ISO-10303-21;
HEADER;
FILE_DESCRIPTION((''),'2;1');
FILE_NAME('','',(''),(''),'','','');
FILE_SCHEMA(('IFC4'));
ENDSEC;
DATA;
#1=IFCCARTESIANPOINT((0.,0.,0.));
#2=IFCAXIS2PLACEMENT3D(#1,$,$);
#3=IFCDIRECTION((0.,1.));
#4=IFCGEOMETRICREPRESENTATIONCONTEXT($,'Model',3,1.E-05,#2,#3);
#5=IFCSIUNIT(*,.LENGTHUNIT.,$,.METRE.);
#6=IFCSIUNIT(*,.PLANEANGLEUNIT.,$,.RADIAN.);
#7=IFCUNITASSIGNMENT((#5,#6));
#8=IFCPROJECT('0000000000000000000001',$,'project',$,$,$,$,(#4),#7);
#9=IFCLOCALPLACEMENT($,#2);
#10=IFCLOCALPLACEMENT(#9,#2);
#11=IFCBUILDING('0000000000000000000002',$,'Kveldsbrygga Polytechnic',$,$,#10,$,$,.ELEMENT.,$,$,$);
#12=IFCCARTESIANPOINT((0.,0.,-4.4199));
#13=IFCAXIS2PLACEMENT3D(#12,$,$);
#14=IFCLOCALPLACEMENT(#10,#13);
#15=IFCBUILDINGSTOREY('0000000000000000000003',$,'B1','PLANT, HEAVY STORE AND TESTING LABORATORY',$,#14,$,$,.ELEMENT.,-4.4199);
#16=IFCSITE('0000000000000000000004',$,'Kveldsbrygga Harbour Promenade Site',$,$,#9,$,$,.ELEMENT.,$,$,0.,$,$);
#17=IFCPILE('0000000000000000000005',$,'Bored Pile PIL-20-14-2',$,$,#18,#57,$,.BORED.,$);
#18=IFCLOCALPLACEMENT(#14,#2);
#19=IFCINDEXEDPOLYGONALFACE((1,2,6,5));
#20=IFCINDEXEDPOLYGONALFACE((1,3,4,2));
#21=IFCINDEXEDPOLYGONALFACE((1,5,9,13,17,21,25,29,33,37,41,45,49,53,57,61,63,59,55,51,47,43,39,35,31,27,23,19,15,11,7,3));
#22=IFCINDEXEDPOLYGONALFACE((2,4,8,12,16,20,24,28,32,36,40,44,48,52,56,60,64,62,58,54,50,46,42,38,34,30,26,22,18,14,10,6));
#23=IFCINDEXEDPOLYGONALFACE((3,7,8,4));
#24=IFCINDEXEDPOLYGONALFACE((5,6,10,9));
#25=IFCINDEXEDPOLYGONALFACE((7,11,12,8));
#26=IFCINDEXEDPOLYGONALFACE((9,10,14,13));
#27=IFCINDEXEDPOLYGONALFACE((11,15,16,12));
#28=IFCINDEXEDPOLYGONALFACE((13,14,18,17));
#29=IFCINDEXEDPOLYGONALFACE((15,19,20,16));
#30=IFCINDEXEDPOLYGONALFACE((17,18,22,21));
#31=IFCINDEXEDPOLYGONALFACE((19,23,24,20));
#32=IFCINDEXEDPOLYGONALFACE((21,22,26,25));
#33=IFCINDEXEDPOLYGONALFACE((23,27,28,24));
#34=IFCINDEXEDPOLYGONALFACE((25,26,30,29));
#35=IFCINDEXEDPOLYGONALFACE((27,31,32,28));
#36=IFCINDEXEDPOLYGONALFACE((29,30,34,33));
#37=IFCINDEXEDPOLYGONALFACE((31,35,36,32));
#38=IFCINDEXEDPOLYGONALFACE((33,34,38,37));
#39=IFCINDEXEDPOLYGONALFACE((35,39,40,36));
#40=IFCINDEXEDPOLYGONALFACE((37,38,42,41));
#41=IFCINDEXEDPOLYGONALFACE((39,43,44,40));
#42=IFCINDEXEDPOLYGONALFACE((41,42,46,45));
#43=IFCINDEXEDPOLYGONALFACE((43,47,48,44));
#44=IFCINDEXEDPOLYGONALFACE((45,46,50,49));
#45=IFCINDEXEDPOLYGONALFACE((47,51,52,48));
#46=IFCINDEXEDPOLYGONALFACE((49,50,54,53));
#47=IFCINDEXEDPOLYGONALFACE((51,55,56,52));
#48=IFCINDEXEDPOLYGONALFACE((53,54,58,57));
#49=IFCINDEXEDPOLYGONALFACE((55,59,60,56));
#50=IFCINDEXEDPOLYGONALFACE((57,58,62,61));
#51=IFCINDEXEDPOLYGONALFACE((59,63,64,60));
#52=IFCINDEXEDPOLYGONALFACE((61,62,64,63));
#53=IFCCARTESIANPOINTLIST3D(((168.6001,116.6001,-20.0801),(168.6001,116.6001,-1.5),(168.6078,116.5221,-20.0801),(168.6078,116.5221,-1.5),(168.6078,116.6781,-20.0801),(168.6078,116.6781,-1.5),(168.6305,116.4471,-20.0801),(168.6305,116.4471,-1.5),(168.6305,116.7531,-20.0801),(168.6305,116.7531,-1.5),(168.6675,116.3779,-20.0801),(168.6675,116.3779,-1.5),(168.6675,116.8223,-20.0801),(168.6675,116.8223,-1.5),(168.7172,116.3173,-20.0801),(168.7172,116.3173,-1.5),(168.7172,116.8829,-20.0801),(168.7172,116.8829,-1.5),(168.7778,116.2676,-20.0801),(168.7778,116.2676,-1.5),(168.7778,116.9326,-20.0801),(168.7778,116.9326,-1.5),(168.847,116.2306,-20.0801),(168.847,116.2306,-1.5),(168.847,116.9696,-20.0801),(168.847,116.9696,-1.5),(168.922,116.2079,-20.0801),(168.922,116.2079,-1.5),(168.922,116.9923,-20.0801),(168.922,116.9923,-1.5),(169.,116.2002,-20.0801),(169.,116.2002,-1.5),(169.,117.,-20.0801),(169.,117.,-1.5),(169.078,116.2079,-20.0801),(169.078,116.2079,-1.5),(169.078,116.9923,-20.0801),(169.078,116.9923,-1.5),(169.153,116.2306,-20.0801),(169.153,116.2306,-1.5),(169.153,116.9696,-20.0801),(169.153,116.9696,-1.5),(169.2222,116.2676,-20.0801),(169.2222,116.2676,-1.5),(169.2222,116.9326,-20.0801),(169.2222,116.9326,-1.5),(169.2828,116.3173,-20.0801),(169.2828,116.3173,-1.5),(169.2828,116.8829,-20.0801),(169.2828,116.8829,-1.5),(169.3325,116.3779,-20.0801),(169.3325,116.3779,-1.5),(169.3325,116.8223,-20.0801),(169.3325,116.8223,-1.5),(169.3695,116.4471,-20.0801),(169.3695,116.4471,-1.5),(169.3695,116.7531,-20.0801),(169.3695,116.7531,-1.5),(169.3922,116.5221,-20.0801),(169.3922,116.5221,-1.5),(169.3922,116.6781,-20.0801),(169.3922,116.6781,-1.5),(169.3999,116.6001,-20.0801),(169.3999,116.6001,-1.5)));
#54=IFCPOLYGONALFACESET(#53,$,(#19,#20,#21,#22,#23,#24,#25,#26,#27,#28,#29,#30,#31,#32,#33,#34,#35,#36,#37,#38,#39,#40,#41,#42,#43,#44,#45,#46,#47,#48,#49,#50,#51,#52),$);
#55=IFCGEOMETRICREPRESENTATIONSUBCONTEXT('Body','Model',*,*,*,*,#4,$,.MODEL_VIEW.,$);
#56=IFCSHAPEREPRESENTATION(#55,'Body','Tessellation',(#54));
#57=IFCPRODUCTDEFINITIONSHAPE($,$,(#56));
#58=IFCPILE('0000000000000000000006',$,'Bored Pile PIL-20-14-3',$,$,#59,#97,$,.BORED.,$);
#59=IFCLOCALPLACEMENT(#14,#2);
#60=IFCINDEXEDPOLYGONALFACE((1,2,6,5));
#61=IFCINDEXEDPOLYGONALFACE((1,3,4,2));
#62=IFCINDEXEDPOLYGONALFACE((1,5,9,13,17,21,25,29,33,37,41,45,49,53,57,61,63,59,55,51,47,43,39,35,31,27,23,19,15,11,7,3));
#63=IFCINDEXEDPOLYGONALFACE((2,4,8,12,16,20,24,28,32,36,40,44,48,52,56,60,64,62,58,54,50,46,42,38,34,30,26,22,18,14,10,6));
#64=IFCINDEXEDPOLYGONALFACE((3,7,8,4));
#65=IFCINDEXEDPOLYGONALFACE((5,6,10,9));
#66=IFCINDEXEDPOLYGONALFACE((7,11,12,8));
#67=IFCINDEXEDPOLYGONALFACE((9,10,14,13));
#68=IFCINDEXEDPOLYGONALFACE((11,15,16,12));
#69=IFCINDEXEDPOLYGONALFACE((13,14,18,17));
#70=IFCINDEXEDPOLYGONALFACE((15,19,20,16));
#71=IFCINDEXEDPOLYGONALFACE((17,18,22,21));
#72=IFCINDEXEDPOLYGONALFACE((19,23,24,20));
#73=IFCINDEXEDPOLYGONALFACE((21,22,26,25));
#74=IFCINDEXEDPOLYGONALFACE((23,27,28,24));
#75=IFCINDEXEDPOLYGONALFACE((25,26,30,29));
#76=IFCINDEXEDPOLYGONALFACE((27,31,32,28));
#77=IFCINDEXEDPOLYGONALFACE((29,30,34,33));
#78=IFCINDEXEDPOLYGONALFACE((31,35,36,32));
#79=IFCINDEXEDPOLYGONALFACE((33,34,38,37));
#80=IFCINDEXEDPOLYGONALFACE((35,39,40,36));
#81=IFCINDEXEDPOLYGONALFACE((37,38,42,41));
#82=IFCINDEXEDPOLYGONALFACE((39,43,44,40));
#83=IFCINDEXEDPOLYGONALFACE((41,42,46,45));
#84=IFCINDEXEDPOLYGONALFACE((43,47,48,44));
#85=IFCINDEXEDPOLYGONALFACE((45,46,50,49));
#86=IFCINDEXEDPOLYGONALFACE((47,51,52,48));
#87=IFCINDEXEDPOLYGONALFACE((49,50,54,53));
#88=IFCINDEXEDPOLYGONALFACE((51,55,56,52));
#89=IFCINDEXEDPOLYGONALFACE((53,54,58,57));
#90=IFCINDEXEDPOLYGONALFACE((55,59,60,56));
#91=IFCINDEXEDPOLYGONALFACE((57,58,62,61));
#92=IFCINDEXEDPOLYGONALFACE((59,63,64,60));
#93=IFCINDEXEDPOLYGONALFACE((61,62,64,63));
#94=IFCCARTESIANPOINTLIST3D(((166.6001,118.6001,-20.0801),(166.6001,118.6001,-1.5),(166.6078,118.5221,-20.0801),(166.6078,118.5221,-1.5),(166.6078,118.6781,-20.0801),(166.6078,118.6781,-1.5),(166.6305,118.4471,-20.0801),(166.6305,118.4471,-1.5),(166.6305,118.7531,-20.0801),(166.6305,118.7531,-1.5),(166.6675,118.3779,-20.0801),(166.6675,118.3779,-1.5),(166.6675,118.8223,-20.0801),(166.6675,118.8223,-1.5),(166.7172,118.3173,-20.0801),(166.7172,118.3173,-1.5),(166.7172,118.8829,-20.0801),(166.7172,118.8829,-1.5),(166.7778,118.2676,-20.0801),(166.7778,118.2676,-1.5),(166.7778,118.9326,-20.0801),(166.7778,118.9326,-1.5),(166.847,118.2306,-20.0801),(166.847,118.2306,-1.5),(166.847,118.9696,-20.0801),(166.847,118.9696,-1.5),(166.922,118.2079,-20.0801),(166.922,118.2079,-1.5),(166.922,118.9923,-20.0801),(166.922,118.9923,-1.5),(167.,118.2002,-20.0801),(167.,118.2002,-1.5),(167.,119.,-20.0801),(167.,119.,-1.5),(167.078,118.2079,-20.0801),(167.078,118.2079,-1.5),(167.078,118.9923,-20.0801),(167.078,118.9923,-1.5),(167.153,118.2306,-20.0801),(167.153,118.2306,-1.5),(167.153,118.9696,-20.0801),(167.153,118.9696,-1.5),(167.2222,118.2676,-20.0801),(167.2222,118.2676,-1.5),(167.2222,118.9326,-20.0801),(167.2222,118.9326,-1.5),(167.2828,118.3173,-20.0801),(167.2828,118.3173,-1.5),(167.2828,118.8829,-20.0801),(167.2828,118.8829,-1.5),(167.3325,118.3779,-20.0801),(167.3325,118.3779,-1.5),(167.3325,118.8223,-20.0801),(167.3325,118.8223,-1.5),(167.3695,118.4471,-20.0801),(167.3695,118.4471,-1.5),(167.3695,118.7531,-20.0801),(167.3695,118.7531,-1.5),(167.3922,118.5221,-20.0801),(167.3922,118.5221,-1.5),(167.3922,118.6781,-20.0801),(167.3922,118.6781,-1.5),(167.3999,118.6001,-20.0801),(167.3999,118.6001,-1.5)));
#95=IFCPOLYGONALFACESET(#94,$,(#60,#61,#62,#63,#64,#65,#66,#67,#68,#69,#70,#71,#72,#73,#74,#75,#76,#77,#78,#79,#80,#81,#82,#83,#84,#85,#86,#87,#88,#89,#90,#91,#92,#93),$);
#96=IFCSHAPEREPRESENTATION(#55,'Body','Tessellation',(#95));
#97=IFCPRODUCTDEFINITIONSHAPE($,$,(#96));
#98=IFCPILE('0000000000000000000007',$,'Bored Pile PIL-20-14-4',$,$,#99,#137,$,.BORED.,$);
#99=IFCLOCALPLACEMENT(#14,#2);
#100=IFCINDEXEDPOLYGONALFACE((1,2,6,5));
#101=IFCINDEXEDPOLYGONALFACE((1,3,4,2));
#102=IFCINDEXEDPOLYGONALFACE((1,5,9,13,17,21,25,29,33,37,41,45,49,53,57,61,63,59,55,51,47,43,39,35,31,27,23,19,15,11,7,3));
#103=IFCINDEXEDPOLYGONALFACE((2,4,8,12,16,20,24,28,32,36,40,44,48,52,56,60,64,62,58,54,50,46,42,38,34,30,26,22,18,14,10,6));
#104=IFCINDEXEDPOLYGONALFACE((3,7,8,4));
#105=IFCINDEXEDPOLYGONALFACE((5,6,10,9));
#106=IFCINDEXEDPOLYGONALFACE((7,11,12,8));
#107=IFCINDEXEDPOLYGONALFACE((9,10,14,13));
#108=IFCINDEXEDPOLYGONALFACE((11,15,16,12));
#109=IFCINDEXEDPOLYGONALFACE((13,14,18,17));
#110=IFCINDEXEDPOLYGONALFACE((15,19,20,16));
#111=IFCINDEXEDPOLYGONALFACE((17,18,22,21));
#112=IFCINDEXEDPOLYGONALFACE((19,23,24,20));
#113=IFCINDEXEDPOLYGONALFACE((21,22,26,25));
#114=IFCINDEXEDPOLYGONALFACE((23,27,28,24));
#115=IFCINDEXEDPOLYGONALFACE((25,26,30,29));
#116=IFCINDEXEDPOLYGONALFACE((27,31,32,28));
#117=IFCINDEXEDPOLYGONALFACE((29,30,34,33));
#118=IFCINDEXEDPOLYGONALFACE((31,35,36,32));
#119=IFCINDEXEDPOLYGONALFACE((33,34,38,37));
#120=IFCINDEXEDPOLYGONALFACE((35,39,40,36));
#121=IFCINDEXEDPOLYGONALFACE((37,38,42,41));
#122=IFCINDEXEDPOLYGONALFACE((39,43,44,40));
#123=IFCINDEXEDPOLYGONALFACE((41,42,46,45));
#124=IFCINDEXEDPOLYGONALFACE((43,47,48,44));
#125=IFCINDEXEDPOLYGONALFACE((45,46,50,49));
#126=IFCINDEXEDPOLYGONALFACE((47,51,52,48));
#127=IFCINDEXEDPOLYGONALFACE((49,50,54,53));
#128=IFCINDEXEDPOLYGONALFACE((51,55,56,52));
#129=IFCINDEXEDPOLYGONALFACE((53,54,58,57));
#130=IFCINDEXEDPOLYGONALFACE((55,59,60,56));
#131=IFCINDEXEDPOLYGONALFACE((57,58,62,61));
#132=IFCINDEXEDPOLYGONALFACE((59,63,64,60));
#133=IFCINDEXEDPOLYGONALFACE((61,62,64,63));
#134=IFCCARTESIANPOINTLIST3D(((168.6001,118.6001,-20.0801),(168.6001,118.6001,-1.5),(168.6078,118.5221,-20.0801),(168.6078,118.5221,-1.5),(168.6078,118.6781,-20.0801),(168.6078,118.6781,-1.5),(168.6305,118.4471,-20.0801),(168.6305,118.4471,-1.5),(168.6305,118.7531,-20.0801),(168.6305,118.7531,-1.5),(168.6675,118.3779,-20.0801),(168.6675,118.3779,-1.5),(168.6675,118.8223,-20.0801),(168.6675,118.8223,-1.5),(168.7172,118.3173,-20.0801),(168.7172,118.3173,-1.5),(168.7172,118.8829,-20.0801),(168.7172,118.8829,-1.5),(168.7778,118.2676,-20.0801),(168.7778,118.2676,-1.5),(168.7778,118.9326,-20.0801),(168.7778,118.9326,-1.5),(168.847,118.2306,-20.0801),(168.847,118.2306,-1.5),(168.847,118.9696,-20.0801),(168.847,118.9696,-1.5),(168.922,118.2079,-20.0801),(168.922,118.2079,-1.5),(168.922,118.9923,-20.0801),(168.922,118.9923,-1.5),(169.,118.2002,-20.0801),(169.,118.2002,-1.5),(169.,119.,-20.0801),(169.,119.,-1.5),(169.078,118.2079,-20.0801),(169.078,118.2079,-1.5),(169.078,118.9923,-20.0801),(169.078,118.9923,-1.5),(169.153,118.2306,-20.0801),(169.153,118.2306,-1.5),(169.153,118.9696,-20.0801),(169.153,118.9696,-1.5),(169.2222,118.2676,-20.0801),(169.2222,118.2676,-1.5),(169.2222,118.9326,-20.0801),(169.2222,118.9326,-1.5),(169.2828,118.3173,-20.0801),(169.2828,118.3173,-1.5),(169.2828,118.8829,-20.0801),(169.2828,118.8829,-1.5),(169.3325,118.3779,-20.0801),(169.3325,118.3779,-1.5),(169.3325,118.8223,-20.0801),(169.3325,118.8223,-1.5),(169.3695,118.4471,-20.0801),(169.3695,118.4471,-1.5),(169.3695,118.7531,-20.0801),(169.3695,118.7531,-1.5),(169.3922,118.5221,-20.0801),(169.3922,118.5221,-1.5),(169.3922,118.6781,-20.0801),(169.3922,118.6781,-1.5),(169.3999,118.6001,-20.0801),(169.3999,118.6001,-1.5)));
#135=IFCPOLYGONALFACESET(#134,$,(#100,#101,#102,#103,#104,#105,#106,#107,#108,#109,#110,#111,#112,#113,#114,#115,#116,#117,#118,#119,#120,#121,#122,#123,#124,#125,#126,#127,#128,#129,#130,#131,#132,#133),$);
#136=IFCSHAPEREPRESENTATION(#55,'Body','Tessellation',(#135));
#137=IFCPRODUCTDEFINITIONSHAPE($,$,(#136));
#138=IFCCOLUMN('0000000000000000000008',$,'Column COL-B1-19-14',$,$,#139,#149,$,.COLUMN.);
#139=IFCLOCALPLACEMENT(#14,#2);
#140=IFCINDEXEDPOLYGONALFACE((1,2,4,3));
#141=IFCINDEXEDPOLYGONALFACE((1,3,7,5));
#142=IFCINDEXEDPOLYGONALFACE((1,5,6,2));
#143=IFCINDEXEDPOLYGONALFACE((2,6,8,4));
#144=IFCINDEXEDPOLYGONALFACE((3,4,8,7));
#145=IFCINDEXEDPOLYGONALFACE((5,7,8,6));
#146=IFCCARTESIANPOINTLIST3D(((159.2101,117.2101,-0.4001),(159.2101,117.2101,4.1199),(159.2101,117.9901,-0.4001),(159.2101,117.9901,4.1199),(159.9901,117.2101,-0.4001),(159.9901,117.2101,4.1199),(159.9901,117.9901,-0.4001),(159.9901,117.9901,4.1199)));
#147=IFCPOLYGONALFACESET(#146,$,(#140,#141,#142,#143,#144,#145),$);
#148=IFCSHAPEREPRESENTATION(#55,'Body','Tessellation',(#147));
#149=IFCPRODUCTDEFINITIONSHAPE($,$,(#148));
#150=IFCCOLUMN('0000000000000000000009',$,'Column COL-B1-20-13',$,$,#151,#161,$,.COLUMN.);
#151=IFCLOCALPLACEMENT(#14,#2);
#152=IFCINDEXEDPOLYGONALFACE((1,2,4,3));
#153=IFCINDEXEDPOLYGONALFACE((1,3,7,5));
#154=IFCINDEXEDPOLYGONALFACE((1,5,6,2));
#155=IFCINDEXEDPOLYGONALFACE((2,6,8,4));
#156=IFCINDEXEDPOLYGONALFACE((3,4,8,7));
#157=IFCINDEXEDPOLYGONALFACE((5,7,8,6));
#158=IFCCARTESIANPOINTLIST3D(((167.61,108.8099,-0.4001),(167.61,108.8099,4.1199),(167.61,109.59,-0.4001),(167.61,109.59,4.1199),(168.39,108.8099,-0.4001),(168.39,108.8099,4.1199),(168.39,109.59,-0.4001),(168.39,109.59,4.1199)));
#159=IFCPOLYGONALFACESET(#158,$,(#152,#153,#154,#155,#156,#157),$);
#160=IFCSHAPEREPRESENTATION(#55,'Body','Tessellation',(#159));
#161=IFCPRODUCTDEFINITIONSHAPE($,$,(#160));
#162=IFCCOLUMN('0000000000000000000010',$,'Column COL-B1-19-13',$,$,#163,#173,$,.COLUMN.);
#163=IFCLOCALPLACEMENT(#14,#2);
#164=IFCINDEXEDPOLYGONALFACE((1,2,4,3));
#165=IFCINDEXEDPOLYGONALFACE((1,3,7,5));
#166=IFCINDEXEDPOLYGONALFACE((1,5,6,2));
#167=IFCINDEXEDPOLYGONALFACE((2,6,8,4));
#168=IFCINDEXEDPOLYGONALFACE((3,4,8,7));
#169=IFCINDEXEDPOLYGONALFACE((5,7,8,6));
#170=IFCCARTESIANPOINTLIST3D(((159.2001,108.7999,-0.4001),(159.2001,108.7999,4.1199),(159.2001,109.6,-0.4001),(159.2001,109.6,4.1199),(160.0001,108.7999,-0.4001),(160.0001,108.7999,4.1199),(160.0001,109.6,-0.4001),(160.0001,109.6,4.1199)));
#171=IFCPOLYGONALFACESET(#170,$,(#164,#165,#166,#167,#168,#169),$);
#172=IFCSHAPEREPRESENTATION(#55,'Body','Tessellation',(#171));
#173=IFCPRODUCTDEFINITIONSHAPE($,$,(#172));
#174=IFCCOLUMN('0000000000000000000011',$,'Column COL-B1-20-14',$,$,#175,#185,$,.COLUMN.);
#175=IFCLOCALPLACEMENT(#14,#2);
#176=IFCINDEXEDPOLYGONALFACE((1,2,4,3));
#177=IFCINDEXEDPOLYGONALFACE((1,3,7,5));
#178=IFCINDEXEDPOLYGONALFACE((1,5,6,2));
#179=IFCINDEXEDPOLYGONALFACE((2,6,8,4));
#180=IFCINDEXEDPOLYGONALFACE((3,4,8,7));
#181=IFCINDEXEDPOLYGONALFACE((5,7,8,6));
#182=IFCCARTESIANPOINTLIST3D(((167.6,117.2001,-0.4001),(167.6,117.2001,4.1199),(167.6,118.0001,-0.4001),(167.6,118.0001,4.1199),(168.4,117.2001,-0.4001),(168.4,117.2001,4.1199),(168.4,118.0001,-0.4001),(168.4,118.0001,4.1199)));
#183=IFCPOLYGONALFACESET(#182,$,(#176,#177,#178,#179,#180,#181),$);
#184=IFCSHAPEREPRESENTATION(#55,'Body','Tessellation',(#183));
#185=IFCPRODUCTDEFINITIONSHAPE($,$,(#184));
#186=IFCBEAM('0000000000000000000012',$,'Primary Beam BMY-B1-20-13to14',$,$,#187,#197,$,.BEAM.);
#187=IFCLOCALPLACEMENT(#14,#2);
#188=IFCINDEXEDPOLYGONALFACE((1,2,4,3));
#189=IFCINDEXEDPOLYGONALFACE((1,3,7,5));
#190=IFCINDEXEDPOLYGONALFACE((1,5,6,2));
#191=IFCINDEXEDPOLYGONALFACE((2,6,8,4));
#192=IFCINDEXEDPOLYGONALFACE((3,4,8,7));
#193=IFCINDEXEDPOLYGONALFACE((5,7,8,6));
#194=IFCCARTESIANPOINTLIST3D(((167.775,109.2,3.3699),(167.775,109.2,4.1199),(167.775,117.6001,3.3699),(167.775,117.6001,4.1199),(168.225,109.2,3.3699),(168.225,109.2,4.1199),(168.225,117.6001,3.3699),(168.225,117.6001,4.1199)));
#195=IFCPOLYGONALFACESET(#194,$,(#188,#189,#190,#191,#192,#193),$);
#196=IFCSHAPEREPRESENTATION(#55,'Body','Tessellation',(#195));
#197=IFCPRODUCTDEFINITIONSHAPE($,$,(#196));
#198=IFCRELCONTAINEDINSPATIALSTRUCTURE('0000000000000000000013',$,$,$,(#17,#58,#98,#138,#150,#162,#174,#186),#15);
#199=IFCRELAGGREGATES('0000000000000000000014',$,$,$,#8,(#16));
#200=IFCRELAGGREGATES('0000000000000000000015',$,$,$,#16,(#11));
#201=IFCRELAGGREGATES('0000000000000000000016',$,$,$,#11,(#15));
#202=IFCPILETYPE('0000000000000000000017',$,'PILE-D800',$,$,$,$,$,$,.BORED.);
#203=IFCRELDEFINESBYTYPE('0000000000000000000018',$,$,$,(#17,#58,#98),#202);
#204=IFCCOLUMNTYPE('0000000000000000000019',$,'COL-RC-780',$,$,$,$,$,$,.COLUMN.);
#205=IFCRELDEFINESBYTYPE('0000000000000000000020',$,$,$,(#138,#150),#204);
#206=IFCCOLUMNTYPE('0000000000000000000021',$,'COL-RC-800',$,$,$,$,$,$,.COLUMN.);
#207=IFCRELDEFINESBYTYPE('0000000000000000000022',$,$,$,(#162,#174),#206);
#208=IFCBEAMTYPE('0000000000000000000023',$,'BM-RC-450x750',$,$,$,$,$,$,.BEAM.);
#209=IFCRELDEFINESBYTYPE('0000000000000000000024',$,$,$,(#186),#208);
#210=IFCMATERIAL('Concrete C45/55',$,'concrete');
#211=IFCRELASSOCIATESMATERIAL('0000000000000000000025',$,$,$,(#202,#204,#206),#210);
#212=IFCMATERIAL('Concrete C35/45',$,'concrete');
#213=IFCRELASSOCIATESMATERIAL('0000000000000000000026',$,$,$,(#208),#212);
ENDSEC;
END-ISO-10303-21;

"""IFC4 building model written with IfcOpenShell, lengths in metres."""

from ifc_helpers import new_model, si_unit, direction, frame, origin, origin_2d, place, context, subcontext, project, spatial, rectangle, circle, extrude, material, material_profile, profile_set, type_object, element, save


model = new_model("IFC4")

# Units and contexts
model_context = context("Model", 3, precision=1e-05, world=origin(), true_north=direction((0.0, 1.0)))
body_context = subcontext(model_context, "Body", "Model", "MODEL_VIEW")
ifc_project = project(units=[si_unit("LENGTHUNIT", "METRE"), si_unit("PLANEANGLEUNIT", "RADIAN")], contexts=[model_context])

# Site, building, storey
site_placement = place(None, origin())
site = spatial("IfcSite", under=ifc_project, at=site_placement, Name="Kveldsbrygga Harbour Promenade Site", CompositionType="ELEMENT", RefElevation=0.0)
building_placement = place(site_placement, origin())
building = spatial("IfcBuilding", under=site, at=building_placement, Name="Kveldsbrygga Polytechnic", CompositionType="ELEMENT")
storey_placement = place(building_placement, frame((0.0, 0.0, -4.4199)))
storey = spatial("IfcBuildingStorey", under=building, at=storey_placement, Name="B1", Description="PLANT, HEAVY STORE AND TESTING LABORATORY", CompositionType="ELEMENT", Elevation=-4.4199)

# Shared definitions
ifc_material_1 = material(Name="Concrete C45/55", Category="concrete")

# Piles
ifc_material_profile_1 = material_profile(ifc_material_1, circle(Radius=0.3999, at=origin_2d()), Name="PILE D800")
ifc_profile_set_1 = profile_set([ifc_material_profile_1], Name="Concrete C45/55")
pile_type = type_object("IfcPileType", Name="PILE-D800", PredefinedType="BORED", material=ifc_profile_set_1)
for number, where, z_axis, x_axis, name in (
    (1, (169.0, 116.6001, -1.5), (0.0, 0.0, -1.0), (1.0, 0.0, 0.0), "Bored Pile PIL-20-14-2"),
    (2, (167.0, 118.6001, -1.5), (0.0, 0.0, -1.0), (1.0, 0.0, 0.0), "Bored Pile PIL-20-14-3"),
    (3, (169.0, 118.6001, -1.5), (0.0, 0.0, -1.0), (1.0, 0.0, 0.0), "Bored Pile PIL-20-14-4"),
):
    element("IfcPile", number, at=place(storey_placement, frame(where, z_axis=z_axis, x_axis=x_axis)), inside=storey, type_object=pile_type, Name=name, PredefinedType="BORED", context=body_context, shape_type="SweptSolid", body=[
        extrude(circle(Radius=0.3999, at=origin_2d()), origin(), (0.0, 0.0, 1.0), 18.5801),
    ])

# Columns
ifc_material_profile_2 = material_profile(ifc_material_1, rectangle(XDim=0.78, YDim=0.78, at=origin_2d()), Name="RC 780x780")
ifc_profile_set_2 = profile_set([ifc_material_profile_2], Name="Concrete C45/55")
column_type_1 = type_object("IfcColumnType", Name="COL-RC-780", PredefinedType="COLUMN", material=ifc_profile_set_2)
for number, where, z_axis, x_axis, name in (
    (4, (159.6001, 117.6001, -0.4001), (0.0, 0.0, 1.0), (1.0, 0.0, 0.0), "Column COL-B1-19-14"),
    (5, (168.0, 109.2, -0.4001), (0.0, 0.0, 1.0), (1.0, 0.0, 0.0), "Column COL-B1-20-13"),
):
    element("IfcColumn", number, at=place(storey_placement, frame(where, z_axis=z_axis, x_axis=x_axis)), inside=storey, type_object=column_type_1, Name=name, PredefinedType="COLUMN", context=body_context, shape_type="SweptSolid", body=[
        extrude(rectangle(XDim=0.78, YDim=0.78, at=origin_2d()), origin(), (0.0, 0.0, 1.0), 4.52),
    ])
ifc_material_profile_3 = material_profile(ifc_material_1, rectangle(XDim=0.8, YDim=0.8, at=origin_2d()), Name="RC 800x800")
ifc_profile_set_3 = profile_set([ifc_material_profile_3], Name="Concrete C45/55")
column_type_2 = type_object("IfcColumnType", Name="COL-RC-800", PredefinedType="COLUMN", material=ifc_profile_set_3)
for number, where, z_axis, x_axis, name in (
    (6, (159.6001, 109.2, -0.4001), (0.0, 0.0, 1.0), (1.0, 0.0, 0.0), "Column COL-B1-19-13"),
    (7, (168.0, 117.6001, -0.4001), (0.0, 0.0, 1.0), (1.0, 0.0, 0.0), "Column COL-B1-20-14"),
):
    element("IfcColumn", number, at=place(storey_placement, frame(where, z_axis=z_axis, x_axis=x_axis)), inside=storey, type_object=column_type_2, Name=name, PredefinedType="COLUMN", context=body_context, shape_type="SweptSolid", body=[
        extrude(rectangle(XDim=0.8, YDim=0.8, at=origin_2d()), origin(), (0.0, 0.0, 1.0), 4.52),
    ])

# Beam
ifc_material_2 = material(Name="Concrete C35/45", Category="concrete")
ifc_material_profile_4 = material_profile(ifc_material_2, rectangle(XDim=0.45, YDim=0.75, at=origin_2d()), Name="RC 450x750")
ifc_profile_set_4 = profile_set([ifc_material_profile_4], Name="Concrete C35/45")
beam_type_1 = type_object("IfcBeamType", Name="BM-RC-450x750", PredefinedType="BEAM", material=ifc_profile_set_4)
beam_1_placement = place(storey_placement, frame((168.0, 109.2, 3.7449), z_axis=(0.0, 1.0, 0.0), x_axis=(-1.0, 0.0, 0.0)))
element("IfcBeam", 8, at=beam_1_placement, inside=storey, type_object=beam_type_1, Name="Primary Beam BMY-B1-20-13to14", PredefinedType="BEAM", context=body_context, shape_type="SweptSolid", body=[
    extrude(rectangle(XDim=0.45, YDim=0.75, at=origin_2d()), origin(), (0.0, 0.0, 1.0), 8.4001),
])

save(model, "model.ifc")
